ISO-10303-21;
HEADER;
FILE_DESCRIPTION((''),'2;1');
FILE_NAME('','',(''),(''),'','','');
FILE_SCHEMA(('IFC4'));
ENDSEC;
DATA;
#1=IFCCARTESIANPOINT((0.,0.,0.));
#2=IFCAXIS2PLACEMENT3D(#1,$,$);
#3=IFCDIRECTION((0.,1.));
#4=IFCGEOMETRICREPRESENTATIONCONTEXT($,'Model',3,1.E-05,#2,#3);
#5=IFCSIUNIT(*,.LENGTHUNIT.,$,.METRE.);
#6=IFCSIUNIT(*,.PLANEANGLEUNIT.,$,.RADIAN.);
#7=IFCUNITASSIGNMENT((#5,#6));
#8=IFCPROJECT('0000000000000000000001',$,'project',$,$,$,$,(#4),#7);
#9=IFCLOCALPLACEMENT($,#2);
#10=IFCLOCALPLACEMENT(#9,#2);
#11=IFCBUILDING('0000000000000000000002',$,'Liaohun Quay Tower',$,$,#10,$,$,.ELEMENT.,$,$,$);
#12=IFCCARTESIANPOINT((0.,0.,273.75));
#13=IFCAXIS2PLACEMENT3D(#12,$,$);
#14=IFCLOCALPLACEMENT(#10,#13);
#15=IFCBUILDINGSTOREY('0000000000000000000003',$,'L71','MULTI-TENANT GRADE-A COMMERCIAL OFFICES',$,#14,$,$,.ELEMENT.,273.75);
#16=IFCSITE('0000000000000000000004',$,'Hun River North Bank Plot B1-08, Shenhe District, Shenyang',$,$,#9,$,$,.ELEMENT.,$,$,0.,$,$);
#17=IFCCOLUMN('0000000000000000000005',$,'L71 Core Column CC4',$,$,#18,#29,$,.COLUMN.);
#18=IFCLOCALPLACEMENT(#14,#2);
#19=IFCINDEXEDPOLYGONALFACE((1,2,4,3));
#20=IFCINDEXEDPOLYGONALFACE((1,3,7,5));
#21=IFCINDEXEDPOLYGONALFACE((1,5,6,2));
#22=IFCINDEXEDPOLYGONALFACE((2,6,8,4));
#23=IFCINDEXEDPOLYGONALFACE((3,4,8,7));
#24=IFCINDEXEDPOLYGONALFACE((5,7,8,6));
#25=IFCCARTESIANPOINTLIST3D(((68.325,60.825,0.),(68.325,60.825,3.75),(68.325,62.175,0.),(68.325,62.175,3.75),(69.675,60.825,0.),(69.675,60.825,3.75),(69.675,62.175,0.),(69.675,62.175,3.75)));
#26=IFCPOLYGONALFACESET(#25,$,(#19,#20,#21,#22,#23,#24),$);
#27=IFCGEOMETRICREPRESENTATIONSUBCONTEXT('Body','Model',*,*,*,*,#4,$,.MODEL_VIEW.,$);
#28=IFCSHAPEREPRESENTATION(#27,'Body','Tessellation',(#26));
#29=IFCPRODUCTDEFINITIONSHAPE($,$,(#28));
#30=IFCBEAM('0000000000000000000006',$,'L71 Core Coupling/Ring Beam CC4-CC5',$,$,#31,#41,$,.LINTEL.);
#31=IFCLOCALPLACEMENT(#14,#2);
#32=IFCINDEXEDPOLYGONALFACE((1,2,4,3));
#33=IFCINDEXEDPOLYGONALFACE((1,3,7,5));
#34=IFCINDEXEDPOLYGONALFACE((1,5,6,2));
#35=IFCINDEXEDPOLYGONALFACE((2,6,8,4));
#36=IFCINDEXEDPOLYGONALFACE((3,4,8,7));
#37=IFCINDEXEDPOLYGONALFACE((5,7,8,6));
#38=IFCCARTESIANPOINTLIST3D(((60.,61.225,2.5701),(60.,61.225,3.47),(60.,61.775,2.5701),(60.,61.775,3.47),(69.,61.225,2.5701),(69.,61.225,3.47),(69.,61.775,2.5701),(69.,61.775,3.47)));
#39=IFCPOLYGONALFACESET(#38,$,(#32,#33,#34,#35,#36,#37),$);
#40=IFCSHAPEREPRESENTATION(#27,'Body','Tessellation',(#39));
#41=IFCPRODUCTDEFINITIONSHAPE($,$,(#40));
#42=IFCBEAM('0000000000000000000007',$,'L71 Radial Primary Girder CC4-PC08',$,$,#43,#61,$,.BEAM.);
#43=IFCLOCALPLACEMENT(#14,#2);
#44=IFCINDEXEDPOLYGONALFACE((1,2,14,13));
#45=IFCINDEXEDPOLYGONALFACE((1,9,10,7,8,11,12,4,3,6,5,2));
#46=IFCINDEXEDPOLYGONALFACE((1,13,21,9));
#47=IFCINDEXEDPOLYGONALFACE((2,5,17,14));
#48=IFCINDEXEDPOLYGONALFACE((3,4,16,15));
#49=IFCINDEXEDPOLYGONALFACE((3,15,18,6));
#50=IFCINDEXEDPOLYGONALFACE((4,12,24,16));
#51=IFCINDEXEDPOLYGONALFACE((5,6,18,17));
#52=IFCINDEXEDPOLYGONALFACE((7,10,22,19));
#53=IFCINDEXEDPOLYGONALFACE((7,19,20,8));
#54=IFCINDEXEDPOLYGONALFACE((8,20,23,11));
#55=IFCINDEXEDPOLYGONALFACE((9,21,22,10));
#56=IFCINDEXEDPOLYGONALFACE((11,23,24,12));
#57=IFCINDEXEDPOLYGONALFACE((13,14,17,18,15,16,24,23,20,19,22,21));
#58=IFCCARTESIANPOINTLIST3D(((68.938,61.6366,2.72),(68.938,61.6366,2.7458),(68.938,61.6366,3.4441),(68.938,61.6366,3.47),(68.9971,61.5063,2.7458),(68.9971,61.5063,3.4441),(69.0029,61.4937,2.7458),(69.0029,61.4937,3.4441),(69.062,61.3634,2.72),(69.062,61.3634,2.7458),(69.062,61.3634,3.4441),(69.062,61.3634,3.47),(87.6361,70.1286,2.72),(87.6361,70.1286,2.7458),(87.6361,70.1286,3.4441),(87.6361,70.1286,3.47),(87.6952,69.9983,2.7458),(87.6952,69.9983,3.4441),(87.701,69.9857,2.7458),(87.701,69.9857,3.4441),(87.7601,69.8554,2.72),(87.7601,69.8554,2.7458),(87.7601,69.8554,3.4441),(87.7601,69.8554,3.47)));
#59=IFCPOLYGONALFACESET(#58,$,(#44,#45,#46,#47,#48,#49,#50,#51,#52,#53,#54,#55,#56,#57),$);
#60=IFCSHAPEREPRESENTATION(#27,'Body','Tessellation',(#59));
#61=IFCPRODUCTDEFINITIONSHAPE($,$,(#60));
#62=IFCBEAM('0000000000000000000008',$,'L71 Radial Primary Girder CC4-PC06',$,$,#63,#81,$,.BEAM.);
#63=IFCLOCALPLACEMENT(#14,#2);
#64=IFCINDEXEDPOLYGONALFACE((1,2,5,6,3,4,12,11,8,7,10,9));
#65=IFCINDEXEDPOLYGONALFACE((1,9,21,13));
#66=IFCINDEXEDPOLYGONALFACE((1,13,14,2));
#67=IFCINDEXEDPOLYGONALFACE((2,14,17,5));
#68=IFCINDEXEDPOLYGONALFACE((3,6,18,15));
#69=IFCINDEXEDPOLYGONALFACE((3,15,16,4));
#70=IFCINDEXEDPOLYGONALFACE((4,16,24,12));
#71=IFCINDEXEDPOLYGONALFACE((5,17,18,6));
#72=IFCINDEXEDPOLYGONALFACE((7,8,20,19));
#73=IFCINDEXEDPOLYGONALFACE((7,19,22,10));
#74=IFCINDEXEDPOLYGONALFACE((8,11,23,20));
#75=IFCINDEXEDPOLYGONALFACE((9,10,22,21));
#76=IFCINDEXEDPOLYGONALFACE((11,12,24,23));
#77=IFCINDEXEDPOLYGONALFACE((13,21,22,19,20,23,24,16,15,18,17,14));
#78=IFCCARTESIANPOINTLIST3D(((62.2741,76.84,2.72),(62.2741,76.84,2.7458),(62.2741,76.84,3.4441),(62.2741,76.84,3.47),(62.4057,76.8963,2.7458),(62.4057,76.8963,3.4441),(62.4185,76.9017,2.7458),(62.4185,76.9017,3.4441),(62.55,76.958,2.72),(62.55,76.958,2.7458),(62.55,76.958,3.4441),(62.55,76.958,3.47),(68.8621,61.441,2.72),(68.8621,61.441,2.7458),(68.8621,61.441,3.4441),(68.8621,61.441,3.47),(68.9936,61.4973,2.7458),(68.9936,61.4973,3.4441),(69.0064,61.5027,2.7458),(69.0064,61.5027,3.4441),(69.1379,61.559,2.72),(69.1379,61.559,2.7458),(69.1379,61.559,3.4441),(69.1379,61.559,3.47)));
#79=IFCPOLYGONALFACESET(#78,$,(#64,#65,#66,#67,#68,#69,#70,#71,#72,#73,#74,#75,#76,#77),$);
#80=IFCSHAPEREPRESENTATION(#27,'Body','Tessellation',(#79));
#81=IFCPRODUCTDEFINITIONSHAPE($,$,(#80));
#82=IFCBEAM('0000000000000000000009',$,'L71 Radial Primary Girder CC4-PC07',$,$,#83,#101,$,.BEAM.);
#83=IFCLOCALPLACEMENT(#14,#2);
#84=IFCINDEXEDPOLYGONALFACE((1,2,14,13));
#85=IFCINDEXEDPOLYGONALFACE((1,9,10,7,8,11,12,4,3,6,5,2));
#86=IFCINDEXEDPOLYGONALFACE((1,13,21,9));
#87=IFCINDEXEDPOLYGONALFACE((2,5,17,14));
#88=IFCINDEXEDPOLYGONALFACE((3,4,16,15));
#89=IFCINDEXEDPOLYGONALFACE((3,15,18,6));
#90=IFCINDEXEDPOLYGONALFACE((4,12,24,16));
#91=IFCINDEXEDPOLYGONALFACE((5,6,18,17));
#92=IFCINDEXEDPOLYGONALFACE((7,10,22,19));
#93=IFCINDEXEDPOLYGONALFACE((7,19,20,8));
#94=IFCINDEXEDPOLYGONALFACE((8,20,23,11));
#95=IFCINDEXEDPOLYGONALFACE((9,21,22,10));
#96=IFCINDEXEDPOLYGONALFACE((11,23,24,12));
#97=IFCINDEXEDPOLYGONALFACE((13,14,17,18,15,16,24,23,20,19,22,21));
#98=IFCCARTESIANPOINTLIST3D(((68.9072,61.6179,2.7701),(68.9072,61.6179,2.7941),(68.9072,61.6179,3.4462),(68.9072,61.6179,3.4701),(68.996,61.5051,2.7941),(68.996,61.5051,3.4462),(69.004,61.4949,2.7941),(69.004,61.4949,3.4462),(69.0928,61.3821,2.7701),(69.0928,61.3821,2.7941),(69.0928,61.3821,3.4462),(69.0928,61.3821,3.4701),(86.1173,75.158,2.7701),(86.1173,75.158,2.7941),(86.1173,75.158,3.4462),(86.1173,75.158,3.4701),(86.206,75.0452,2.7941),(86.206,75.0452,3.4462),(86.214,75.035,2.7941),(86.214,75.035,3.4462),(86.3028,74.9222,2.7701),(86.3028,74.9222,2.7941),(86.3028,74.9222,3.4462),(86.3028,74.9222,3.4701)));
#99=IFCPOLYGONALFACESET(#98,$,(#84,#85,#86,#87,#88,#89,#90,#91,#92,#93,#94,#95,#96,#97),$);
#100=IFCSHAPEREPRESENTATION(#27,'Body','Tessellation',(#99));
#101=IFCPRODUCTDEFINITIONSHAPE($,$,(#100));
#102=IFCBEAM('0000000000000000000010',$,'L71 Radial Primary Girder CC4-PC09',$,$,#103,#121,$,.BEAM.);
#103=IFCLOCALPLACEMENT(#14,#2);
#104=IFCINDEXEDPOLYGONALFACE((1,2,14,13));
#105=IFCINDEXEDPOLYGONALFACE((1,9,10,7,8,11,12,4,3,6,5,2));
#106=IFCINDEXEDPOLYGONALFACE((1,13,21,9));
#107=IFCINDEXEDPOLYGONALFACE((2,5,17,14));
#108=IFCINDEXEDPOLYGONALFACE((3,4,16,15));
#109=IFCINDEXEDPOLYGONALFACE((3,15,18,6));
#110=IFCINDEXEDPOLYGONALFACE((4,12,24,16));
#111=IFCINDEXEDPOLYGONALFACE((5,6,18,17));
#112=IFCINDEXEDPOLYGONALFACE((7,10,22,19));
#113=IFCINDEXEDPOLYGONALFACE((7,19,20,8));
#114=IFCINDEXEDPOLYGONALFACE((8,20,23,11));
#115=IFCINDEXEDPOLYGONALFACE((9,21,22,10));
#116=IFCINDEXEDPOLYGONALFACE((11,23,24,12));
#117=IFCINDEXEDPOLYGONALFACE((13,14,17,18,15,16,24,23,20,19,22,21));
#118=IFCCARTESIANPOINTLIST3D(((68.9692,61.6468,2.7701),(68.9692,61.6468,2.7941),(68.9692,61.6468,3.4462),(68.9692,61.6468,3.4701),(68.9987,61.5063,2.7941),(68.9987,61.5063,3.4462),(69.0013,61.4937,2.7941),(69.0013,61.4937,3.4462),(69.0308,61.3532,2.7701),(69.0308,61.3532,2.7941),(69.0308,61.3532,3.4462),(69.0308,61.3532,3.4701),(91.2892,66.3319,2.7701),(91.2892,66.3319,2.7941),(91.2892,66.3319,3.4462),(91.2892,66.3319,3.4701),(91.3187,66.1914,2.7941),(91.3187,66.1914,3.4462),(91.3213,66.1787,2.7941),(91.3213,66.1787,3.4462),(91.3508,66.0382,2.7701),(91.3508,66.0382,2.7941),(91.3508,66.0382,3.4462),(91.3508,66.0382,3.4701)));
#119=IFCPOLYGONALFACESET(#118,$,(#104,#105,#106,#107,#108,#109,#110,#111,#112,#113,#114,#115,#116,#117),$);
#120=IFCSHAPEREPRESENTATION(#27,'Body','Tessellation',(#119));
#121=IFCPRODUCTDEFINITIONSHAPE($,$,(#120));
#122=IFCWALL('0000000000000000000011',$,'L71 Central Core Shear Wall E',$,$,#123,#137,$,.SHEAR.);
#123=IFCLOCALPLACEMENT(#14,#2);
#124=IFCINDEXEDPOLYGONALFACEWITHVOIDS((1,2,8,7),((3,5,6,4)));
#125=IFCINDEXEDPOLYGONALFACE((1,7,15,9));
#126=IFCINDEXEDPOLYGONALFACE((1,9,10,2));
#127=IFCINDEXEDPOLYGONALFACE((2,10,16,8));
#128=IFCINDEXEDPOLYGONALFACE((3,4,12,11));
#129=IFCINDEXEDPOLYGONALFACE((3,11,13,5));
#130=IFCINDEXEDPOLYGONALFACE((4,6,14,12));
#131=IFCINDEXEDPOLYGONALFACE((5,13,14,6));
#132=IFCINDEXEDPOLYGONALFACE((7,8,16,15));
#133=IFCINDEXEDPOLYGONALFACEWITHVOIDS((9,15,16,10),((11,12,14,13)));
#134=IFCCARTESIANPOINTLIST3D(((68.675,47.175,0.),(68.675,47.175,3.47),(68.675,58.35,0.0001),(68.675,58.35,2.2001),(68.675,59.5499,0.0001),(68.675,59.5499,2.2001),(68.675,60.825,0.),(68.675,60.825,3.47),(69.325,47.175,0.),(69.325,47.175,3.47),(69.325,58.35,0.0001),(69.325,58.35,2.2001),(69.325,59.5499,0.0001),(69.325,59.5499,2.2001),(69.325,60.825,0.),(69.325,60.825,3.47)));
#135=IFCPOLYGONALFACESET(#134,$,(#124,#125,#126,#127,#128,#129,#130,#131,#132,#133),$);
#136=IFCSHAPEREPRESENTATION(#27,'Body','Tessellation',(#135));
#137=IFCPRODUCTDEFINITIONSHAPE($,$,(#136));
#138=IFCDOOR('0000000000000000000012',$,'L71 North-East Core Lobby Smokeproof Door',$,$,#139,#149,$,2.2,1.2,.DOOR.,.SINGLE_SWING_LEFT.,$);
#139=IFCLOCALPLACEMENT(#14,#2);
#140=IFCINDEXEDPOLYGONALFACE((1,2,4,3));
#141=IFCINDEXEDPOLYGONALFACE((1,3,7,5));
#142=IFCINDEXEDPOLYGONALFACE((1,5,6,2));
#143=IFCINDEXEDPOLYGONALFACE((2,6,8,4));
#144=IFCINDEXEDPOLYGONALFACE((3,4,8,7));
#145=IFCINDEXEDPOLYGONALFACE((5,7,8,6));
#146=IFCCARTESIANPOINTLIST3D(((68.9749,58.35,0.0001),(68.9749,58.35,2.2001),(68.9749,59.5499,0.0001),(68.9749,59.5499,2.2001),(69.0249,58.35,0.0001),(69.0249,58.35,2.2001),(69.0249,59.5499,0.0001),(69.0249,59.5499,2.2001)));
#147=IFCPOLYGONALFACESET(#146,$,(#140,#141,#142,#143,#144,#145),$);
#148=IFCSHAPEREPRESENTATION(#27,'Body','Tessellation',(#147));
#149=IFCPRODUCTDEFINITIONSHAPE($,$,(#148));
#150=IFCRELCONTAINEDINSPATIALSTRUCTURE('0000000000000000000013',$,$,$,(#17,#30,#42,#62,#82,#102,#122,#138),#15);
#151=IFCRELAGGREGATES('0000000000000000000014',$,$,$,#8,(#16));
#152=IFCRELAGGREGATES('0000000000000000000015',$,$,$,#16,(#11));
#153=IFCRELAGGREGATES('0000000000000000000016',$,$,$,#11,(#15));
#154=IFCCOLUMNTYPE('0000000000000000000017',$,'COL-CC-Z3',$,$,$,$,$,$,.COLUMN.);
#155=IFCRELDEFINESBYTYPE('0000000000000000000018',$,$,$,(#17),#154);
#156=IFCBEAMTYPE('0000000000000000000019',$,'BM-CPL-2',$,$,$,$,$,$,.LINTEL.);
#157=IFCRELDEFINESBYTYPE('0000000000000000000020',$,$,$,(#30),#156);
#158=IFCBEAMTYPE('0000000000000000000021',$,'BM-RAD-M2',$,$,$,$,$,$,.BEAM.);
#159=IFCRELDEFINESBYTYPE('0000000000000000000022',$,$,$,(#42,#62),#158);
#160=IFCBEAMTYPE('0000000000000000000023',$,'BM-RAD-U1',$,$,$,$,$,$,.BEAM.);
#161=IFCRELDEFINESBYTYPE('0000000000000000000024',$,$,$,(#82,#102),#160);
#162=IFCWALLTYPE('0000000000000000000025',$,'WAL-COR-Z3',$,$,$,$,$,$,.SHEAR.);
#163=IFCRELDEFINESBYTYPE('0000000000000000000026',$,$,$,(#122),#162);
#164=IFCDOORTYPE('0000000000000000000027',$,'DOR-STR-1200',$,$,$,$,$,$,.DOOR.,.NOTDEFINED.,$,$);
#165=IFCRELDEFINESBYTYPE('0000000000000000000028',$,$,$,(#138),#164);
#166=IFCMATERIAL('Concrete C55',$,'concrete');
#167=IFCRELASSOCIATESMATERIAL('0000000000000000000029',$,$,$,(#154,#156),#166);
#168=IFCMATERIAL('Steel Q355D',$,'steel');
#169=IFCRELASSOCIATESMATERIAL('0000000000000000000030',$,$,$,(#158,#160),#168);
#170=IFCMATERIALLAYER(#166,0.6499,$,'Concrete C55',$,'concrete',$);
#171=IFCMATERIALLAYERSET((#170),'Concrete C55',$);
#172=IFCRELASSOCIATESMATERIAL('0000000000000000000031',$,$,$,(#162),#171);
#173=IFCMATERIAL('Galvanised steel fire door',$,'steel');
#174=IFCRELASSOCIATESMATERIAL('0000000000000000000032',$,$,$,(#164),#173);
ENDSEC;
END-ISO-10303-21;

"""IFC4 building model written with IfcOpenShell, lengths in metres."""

from ifc_helpers import new_model, si_unit, direction, frame, frame_2d, origin, origin_2d, place, context, subcontext, project, spatial, rectangle, i_section, extrude, source, transform, mapped, material, layer, layer_set, material_profile, profile_set, type_object, element, fill, save


model = new_model("IFC4")

# Units and contexts
model_context = context("Model", 3, precision=1e-05, world=origin(), true_north=direction((0.0, 1.0)))
body_context = subcontext(model_context, "Body", "Model", "MODEL_VIEW")
ifc_project = project(units=[si_unit("LENGTHUNIT", "METRE"), si_unit("PLANEANGLEUNIT", "RADIAN")], contexts=[model_context])

# Site, building, storey
site_placement = place(None, origin())
site = spatial("IfcSite", under=ifc_project, at=site_placement, Name="Hun River North Bank Plot B1-08, Shenhe District, Shenyang", CompositionType="ELEMENT", RefElevation=0.0)
building_placement = place(site_placement, origin())
building = spatial("IfcBuilding", under=site, at=building_placement, Name="Liaohun Quay Tower", CompositionType="ELEMENT")
storey_placement = place(building_placement, frame((0.0, 0.0, 273.75)))
storey = spatial("IfcBuildingStorey", under=building, at=storey_placement, Name="L71", Description="MULTI-TENANT GRADE-A COMMERCIAL OFFICES", CompositionType="ELEMENT", Elevation=273.75)

# Column
ifc_material_1 = material(Name="Concrete C55", Category="concrete")
ifc_material_profile_1 = material_profile(ifc_material_1, rectangle(XDim=1.3501, YDim=1.3501, at=origin_2d()), Name="RC1350x1350")
ifc_profile_set_1 = profile_set([ifc_material_profile_1], Name="Concrete C55")
column_type = type_object("IfcColumnType", Name="COL-CC-Z3", PredefinedType="COLUMN", material=ifc_profile_set_1)
shared_shape_1 = source(origin(), body_context, "Body", "SweptSolid", [
    extrude(rectangle(XDim=1.3501, YDim=1.3501, at=origin_2d()), origin(), (0.0, 0.0, 1.0), 3.75),
])
column_placement = place(storey_placement, frame((69.0, 61.5, 0.0), z_axis=(0.0, 0.0, 1.0), x_axis=(1.0, 0.0, 0.0)))
element("IfcColumn", 1, at=column_placement, inside=storey, type_object=column_type, Name="L71 Core Column CC4", PredefinedType="COLUMN", context=body_context, shape_type="MappedRepresentation", body=[
    mapped(shared_shape_1, transform((0.0, 0.0, 0.0), x_axis=(1.0, 0.0, 0.0), y_axis=(0.0, 1.0, 0.0), z_axis=(0.0, 0.0, 1.0), scale=1.0)),
])

# Beams
ifc_material_profile_2 = material_profile(ifc_material_1, rectangle(XDim=0.55, YDim=0.8999, at=origin_2d()), Name="RC550x900")
ifc_profile_set_2 = profile_set([ifc_material_profile_2], Name="Concrete C55")
beam_type_1 = type_object("IfcBeamType", Name="BM-CPL-2", PredefinedType="LINTEL", material=ifc_profile_set_2)
shared_shape_2 = source(origin(), body_context, "Body", "SweptSolid", [
    extrude(rectangle(XDim=0.55, YDim=0.8999, at=origin_2d()), origin(), (0.0, 0.0, 1.0), 9.0),
])
beam_1_placement = place(storey_placement, frame((69.0, 61.5, 3.02), z_axis=(-1.0, 0.0, 0.0), x_axis=(0.0, -1.0, 0.0)))
element("IfcBeam", 2, at=beam_1_placement, inside=storey, type_object=beam_type_1, Name="L71 Core Coupling/Ring Beam CC4-CC5", PredefinedType="LINTEL", context=body_context, shape_type="MappedRepresentation", body=[
    mapped(shared_shape_2, transform((0.0, 0.0, 0.0), x_axis=(1.0, 0.0, 0.0), y_axis=(0.0, 1.0, 0.0), z_axis=(0.0, 0.0, 1.0), scale=1.0)),
])
ifc_material_2 = material(Name="Steel Q355D", Category="steel")
ifc_material_profile_3 = material_profile(ifc_material_2, i_section(OverallWidth=0.3, OverallDepth=0.75, WebThickness=0.0139, FlangeThickness=0.0259, at=origin_2d()), Name="HN750x300x14x26")
ifc_profile_set_3 = profile_set([ifc_material_profile_3], Name="Steel Q355D")
beam_type_2 = type_object("IfcBeamType", Name="BM-RAD-M2", PredefinedType="BEAM", material=ifc_profile_set_3)
shared_shape_3 = source(origin(), body_context, "Body", "SweptSolid", [
    extrude(i_section(OverallWidth=0.3, OverallDepth=0.75, WebThickness=0.0139, FlangeThickness=0.0259, at=origin_2d()), origin(), (0.0, 0.0, 1.0), 20.5361),
])
beam_2_placement = place(storey_placement, frame((69.0, 61.5, 3.095), z_axis=(0.910498, 0.413515, 0.0), x_axis=(-0.413515, 0.910498, 0.0)))
element("IfcBeam", 3, at=beam_2_placement, inside=storey, type_object=beam_type_2, Name="L71 Radial Primary Girder CC4-PC08", PredefinedType="BEAM", context=body_context, shape_type="MappedRepresentation", body=[
    mapped(shared_shape_3, transform((0.0, 0.0, 0.0), x_axis=(1.0, 0.0, 0.0), y_axis=(0.0, 1.0, 0.0), z_axis=(0.0, 0.0, 1.0), scale=1.0)),
])
shared_shape_4 = source(origin(), body_context, "Body", "SweptSolid", [
    extrude(i_section(OverallWidth=0.3, OverallDepth=0.75, WebThickness=0.0139, FlangeThickness=0.0259, at=origin_2d()), origin(), (0.0, 0.0, 1.0), 16.749),
])
beam_3_placement = place(storey_placement, frame((69.0, 61.5, 3.095), z_axis=(-0.393332, 0.919397, 0.0), x_axis=(-0.919397, -0.393332, 0.0)))
element("IfcBeam", 4, at=beam_3_placement, inside=storey, type_object=beam_type_2, Name="L71 Radial Primary Girder CC4-PC06", PredefinedType="BEAM", context=body_context, shape_type="MappedRepresentation", body=[
    mapped(shared_shape_4, transform((0.0, 0.0, 0.0), x_axis=(1.0, 0.0, 0.0), y_axis=(0.0, 1.0, 0.0), z_axis=(0.0, 0.0, 1.0), scale=1.0)),
])
ifc_material_profile_4 = material_profile(ifc_material_2, i_section(OverallWidth=0.3, OverallDepth=0.7, WebThickness=0.0129, FlangeThickness=0.0239, at=origin_2d()), Name="HN700x300x13x24")
ifc_profile_set_4 = profile_set([ifc_material_profile_4], Name="Steel Q355D")
beam_type_3 = type_object("IfcBeamType", Name="BM-RAD-U1", PredefinedType="BEAM", material=ifc_profile_set_4)
shared_shape_5 = source(origin(), body_context, "Body", "SweptSolid", [
    extrude(i_section(OverallWidth=0.3, OverallDepth=0.7, WebThickness=0.0129, FlangeThickness=0.0239, at=origin_2d()), origin(), (0.0, 0.0, 1.0), 21.8979),
])
beam_4_placement = place(storey_placement, frame((69.0, 61.5, 3.1201), z_axis=(0.78592, 0.618328, 0.0), x_axis=(-0.618328, 0.78592, 0.0)))
element("IfcBeam", 5, at=beam_4_placement, inside=storey, type_object=beam_type_3, Name="L71 Radial Primary Girder CC4-PC07", PredefinedType="BEAM", context=body_context, shape_type="MappedRepresentation", body=[
    mapped(shared_shape_5, transform((0.0, 0.0, 0.0), x_axis=(1.0, 0.0, 0.0), y_axis=(0.0, 1.0, 0.0), z_axis=(0.0, 0.0, 1.0), scale=1.0)),
])
shared_shape_6 = source(origin(), body_context, "Body", "SweptSolid", [
    extrude(i_section(OverallWidth=0.3, OverallDepth=0.7, WebThickness=0.0129, FlangeThickness=0.0239, at=origin_2d()), origin(), (0.0, 0.0, 1.0), 22.8064),
])
beam_5_placement = place(storey_placement, frame((69.0, 61.5, 3.1201), z_axis=(0.978673, 0.205427, 0.0), x_axis=(-0.205427, 0.978673, 0.0)))
element("IfcBeam", 6, at=beam_5_placement, inside=storey, type_object=beam_type_3, Name="L71 Radial Primary Girder CC4-PC09", PredefinedType="BEAM", context=body_context, shape_type="MappedRepresentation", body=[
    mapped(shared_shape_6, transform((0.0, 0.0, 0.0), x_axis=(1.0, 0.0, 0.0), y_axis=(0.0, 1.0, 0.0), z_axis=(0.0, 0.0, 1.0), scale=1.0)),
])

# Wall, opening, door
ifc_layer_1 = layer(ifc_material_1, 0.6499, Name="Concrete C55", Category="concrete")
ifc_layer_set_1 = layer_set([ifc_layer_1], Name="Concrete C55")
wall_type_1 = type_object("IfcWallType", Name="WAL-COR-Z3", PredefinedType="SHEAR", material=ifc_layer_set_1)
wall_1_placement = place(storey_placement, frame((69.0, 60.825, 0.0), z_axis=(0.0, 0.0, 1.0), x_axis=(0.0, -1.0, 0.0)))
wall_1 = element("IfcWall", 7, at=wall_1_placement, inside=storey, type_object=wall_type_1, Name="L71 Central Core Shear Wall E", PredefinedType="SHEAR", context=body_context, shape_type="SweptSolid", body=[
    extrude(rectangle(XDim=13.6499, YDim=0.6499, at=frame_2d((6.825, 0.0))), origin(), (0.0, 0.0, 1.0), 3.47),
])
shared_shape_7 = source(origin(), body_context, "Body", "SweptSolid", [
    extrude(rectangle(XDim=1.2, YDim=2.2, at=frame_2d((0.6001, 1.1001))), frame((0.0, 0.335, 0.0), z_axis=(0.0, -1.0, 0.0), x_axis=(1.0, 0.0, 0.0)), (0.0, 0.0, 1.0), 0.6699),
])
opening_1_placement = place(wall_1_placement, frame((1.2749, 0.0, 0.0)))
opening_1 = element("IfcOpeningElement", 8, at=opening_1_placement, cuts=wall_1, PredefinedType="OPENING", context=body_context, shape_type="MappedRepresentation", body=[
    mapped(shared_shape_7, transform((0.0, 0.0, 0.0), x_axis=(1.0, 0.0, 0.0), y_axis=(0.0, 1.0, 0.0), z_axis=(0.0, 0.0, 1.0), scale=1.0)),
])
ifc_material_3 = material(Name="Galvanised steel fire door", Category="steel")
door_type_1 = type_object("IfcDoorType", Name="DOR-STR-1200", OperationType="NOTDEFINED", PredefinedType="DOOR", material=ifc_material_3)
shared_shape_8 = source(origin(), body_context, "Body", "SweptSolid", [
    extrude(rectangle(XDim=1.2, YDim=2.2, at=frame_2d((0.6001, 1.1001))), frame((0.0, 0.0249, 0.0), z_axis=(0.0, -1.0, 0.0), x_axis=(1.0, 0.0, 0.0)), (0.0, 0.0, 1.0), 0.05),
])
door_1_placement = place(opening_1_placement, origin())
door_1 = element("IfcDoor", 9, at=door_1_placement, inside=storey, type_object=door_type_1, Name="L71 North-East Core Lobby Smokeproof Door", OperationType="SINGLE_SWING_LEFT", OverallHeight=2.2, OverallWidth=1.2, PredefinedType="DOOR", context=body_context, shape_type="MappedRepresentation", body=[
    mapped(shared_shape_8, transform((0.0, 0.0, 0.0), x_axis=(1.0, 0.0, 0.0), y_axis=(0.0, 1.0, 0.0), z_axis=(0.0, 0.0, 1.0), scale=1.0)),
])
fill(opening_1, door_1)

save(model, "model.ifc")
